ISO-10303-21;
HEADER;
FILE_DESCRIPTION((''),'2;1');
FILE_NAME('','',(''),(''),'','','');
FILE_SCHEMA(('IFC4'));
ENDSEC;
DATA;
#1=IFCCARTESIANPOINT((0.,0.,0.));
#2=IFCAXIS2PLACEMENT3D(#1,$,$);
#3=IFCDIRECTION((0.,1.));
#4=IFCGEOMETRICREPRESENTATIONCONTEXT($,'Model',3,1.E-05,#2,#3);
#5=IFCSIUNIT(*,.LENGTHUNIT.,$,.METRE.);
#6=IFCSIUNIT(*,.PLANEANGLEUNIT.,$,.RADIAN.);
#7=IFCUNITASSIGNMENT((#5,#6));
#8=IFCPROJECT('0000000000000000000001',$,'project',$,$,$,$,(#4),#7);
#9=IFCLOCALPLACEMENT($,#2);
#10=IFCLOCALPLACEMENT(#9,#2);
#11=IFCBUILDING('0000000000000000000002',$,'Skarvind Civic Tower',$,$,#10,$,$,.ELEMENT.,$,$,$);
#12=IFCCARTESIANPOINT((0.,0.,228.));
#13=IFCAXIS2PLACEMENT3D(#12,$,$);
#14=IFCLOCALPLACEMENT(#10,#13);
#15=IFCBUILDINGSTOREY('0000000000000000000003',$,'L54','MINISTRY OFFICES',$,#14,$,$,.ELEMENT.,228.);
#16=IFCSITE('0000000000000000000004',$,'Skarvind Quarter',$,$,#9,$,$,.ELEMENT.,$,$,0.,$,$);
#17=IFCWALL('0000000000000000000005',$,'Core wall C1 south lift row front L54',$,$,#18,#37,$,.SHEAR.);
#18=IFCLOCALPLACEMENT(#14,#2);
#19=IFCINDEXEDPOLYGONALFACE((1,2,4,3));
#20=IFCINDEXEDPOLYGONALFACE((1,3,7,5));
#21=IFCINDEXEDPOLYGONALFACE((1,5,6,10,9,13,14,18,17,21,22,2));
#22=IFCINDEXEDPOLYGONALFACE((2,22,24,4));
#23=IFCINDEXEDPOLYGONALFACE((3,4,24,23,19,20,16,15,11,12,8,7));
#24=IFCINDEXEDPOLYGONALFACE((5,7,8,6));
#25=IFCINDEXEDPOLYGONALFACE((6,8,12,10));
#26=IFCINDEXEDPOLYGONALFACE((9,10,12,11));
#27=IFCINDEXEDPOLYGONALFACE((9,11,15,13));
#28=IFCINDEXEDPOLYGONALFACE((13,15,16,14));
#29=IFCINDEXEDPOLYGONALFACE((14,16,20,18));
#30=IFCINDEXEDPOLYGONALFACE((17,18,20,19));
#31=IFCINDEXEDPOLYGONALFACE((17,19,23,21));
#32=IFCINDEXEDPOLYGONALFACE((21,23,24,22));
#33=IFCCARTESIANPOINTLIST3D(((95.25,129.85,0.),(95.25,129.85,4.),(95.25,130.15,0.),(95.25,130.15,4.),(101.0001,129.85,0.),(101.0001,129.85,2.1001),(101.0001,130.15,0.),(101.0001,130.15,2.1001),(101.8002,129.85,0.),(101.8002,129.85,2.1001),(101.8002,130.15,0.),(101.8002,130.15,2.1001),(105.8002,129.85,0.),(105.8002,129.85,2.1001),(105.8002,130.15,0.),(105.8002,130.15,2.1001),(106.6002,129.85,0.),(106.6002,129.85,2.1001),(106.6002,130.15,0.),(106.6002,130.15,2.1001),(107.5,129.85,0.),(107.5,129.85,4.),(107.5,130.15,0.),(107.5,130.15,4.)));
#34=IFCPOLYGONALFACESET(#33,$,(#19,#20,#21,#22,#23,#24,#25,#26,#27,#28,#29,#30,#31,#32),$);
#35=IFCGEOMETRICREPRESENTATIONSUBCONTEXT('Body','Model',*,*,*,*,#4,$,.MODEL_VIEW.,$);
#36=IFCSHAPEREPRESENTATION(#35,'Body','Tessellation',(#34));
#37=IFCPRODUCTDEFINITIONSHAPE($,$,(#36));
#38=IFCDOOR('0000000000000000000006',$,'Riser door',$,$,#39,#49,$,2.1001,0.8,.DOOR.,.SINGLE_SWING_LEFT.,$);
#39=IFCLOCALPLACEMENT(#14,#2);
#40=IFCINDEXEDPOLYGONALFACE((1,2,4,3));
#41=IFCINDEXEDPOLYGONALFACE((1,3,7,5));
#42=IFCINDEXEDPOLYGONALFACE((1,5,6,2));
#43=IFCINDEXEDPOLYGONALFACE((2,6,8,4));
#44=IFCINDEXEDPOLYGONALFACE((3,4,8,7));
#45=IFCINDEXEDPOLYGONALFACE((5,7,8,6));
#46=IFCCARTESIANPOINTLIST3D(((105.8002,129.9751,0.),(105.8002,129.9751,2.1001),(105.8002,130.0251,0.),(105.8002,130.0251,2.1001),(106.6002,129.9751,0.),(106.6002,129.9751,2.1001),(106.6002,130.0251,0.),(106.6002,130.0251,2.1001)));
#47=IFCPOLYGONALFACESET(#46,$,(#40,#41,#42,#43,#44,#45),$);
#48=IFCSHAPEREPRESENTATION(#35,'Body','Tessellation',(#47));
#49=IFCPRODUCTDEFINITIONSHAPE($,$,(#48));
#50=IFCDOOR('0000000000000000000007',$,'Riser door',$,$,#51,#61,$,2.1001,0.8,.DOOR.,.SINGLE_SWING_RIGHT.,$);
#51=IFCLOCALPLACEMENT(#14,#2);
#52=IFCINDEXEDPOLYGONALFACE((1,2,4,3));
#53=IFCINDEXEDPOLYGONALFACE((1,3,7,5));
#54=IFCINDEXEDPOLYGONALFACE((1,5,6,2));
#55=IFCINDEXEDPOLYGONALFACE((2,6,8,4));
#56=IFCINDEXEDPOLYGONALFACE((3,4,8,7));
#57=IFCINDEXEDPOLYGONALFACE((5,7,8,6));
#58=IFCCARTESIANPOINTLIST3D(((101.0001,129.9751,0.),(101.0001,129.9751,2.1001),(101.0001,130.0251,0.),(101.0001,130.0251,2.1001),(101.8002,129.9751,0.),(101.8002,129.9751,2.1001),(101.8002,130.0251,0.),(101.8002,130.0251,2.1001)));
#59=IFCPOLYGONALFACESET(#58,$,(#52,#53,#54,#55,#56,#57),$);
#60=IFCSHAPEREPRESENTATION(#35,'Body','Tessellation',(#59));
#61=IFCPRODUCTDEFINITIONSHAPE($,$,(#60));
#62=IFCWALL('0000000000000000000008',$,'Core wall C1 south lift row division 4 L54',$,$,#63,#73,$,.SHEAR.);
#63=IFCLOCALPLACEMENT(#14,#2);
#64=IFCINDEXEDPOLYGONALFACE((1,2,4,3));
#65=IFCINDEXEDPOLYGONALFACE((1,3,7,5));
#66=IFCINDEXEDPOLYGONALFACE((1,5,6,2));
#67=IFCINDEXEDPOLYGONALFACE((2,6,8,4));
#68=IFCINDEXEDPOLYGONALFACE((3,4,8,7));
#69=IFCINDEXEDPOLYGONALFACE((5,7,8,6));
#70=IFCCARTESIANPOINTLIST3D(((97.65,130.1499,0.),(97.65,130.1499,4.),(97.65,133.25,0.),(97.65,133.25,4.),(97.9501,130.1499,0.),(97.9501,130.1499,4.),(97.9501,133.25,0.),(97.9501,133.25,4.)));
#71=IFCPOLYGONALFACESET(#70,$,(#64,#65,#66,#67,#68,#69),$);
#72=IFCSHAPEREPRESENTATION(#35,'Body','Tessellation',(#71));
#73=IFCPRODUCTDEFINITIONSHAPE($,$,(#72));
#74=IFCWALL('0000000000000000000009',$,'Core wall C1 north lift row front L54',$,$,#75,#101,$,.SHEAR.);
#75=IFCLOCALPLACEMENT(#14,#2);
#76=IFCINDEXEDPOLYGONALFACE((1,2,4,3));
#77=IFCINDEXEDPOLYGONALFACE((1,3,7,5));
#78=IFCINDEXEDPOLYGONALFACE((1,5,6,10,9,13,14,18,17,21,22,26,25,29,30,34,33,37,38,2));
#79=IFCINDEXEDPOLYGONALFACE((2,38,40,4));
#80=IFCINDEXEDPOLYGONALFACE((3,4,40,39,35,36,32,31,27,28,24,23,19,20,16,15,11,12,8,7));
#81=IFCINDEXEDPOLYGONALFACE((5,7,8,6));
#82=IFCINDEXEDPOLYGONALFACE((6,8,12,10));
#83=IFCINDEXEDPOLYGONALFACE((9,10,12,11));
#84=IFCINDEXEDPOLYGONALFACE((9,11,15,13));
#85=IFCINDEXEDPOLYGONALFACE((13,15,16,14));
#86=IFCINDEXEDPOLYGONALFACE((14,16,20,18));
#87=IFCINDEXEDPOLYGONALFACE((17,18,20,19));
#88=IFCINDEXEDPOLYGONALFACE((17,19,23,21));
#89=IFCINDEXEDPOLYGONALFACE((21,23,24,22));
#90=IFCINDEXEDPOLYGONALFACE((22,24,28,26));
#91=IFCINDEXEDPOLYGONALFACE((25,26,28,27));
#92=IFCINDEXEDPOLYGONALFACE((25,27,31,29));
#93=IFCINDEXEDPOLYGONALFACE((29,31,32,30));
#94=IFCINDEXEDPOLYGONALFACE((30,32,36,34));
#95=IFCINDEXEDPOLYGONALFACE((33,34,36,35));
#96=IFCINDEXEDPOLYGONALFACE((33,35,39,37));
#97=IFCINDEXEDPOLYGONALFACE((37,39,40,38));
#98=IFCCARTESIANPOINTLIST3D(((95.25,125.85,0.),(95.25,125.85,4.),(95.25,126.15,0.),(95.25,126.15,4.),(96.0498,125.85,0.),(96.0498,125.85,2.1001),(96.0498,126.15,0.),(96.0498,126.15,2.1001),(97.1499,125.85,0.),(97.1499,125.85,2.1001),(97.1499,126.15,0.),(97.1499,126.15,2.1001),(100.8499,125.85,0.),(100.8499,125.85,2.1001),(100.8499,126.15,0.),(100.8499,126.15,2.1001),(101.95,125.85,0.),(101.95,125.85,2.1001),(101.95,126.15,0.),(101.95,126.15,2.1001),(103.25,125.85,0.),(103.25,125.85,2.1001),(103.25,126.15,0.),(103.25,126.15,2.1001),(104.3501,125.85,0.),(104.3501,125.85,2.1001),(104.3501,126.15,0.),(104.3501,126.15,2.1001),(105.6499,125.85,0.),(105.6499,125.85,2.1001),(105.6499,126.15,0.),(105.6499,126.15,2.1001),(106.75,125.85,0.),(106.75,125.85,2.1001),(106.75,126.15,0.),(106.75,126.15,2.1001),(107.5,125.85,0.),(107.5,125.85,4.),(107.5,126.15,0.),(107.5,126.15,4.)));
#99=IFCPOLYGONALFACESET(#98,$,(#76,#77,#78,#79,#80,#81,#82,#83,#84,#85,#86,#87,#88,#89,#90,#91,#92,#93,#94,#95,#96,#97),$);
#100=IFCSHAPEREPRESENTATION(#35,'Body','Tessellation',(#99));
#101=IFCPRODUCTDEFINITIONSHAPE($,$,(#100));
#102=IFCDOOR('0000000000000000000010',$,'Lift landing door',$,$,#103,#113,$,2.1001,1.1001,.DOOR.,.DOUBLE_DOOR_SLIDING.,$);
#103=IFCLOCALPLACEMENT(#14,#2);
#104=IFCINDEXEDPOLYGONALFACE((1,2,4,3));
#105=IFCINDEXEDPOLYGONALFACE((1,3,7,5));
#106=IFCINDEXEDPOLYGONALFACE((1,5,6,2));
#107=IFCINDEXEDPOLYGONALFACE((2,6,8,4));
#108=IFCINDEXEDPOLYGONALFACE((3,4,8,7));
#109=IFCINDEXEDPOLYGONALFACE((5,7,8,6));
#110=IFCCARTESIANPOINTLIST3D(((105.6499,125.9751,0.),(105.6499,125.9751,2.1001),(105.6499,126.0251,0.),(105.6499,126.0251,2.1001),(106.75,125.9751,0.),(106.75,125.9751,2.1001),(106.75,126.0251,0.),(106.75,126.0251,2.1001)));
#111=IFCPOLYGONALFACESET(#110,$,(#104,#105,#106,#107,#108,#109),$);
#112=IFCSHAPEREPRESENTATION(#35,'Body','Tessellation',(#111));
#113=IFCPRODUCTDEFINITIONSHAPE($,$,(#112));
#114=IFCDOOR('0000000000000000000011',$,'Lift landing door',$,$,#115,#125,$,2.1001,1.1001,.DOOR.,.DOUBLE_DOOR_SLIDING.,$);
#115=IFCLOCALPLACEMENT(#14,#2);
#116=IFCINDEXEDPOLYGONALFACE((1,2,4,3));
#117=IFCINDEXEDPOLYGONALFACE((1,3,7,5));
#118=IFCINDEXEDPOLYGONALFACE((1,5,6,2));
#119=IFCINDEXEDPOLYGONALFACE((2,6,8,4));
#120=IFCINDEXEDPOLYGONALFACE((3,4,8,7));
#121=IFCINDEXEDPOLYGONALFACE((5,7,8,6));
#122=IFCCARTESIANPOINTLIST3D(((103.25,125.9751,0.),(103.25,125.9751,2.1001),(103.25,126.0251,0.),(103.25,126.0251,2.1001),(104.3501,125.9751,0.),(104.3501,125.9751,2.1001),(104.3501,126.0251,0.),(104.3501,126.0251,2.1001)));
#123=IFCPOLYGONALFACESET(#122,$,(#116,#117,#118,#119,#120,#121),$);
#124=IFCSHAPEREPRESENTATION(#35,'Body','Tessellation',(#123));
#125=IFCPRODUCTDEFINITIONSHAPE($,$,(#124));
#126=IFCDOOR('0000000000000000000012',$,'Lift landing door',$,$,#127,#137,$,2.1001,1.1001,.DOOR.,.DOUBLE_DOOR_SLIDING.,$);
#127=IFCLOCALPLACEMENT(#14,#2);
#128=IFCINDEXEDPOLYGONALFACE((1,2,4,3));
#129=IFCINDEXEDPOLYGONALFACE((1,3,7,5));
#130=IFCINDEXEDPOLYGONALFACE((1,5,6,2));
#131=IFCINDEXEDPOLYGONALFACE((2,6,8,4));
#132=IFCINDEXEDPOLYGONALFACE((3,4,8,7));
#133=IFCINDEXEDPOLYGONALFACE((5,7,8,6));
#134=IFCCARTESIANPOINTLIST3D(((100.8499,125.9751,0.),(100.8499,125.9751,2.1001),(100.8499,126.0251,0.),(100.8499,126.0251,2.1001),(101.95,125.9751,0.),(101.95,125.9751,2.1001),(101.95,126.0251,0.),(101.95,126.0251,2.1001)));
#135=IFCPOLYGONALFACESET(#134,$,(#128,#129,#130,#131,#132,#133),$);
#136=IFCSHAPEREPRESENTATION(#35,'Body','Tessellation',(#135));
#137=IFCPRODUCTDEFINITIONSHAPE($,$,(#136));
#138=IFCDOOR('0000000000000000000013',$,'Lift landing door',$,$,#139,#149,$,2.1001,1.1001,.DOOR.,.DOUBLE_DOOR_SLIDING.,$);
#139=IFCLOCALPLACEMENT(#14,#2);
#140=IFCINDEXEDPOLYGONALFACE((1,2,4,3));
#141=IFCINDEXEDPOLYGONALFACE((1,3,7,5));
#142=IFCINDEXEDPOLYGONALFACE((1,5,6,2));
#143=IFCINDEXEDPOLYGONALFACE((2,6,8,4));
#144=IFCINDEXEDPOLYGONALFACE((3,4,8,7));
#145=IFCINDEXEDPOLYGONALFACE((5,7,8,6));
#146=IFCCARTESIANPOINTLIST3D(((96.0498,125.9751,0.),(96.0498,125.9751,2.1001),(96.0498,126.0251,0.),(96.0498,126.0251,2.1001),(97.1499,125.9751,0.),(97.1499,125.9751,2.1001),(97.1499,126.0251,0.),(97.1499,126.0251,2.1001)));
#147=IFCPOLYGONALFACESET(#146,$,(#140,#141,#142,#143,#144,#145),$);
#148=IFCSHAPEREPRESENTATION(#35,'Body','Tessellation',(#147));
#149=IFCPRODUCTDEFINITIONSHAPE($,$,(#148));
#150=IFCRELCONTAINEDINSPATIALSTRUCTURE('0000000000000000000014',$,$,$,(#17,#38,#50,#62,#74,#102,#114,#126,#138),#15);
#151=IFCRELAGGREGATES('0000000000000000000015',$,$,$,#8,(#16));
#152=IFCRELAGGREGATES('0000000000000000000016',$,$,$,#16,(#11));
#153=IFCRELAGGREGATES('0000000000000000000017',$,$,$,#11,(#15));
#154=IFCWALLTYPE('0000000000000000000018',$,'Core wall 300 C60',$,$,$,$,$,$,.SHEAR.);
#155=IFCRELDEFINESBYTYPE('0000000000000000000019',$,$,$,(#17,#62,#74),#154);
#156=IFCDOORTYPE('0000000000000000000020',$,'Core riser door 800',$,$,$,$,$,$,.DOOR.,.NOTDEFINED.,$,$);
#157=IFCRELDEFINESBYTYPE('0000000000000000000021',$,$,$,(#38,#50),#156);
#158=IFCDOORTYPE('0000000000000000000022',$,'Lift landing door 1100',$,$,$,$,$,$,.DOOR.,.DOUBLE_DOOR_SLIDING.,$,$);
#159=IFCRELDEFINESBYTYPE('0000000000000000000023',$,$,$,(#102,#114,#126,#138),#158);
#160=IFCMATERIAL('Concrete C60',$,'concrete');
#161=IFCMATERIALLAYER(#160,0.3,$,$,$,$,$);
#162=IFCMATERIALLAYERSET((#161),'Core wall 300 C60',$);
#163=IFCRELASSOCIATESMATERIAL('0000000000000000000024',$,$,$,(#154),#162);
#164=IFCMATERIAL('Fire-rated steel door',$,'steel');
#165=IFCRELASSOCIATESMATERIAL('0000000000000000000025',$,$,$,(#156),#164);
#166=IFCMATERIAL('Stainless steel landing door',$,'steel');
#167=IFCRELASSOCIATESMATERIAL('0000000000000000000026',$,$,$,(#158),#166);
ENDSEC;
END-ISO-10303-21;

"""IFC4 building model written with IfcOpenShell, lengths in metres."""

from ifc_helpers import new_model, si_unit, direction, frame, frame_2d, origin, place, context, subcontext, project, spatial, rectangle, extrude, material, layer, layer_set, type_object, element, fill, save


model = new_model("IFC4")

# Units and contexts
model_context = context("Model", 3, precision=1e-05, world=origin(), true_north=direction((0.0, 1.0)))
body_context = subcontext(model_context, "Body", "Model", "MODEL_VIEW")
ifc_project = project(units=[si_unit("LENGTHUNIT", "METRE"), si_unit("PLANEANGLEUNIT", "RADIAN")], contexts=[model_context])

# Site, building, storey
site_placement = place(None, origin())
site = spatial("IfcSite", under=ifc_project, at=site_placement, Name="Skarvind Quarter", CompositionType="ELEMENT", RefElevation=0.0)
building_placement = place(site_placement, origin())
building = spatial("IfcBuilding", under=site, at=building_placement, Name="Skarvind Civic Tower", CompositionType="ELEMENT")
storey_placement = place(building_placement, frame((0.0, 0.0, 228.0)))
storey = spatial("IfcBuildingStorey", under=building, at=storey_placement, Name="L54", Description="MINISTRY OFFICES", CompositionType="ELEMENT", Elevation=228.0)

# Wall, openings, doors
ifc_material_1 = material(Name="Concrete C60", Category="concrete")
ifc_layer_1 = layer(ifc_material_1, 0.3)
ifc_layer_set_1 = layer_set([ifc_layer_1], Name="Core wall 300 C60")
wall_type_1 = type_object("IfcWallType", Name="Core wall 300 C60", PredefinedType="SHEAR", material=ifc_layer_set_1)
wall_1_placement = place(storey_placement, frame((107.5, 130.0, 0.0), z_axis=(0.0, 0.0, 1.0), x_axis=(-1.0, 0.0, 0.0)))
wall_1 = element("IfcWall", 1, at=wall_1_placement, inside=storey, type_object=wall_type_1, Name="Core wall C1 south lift row front L54", PredefinedType="SHEAR", context=body_context, shape_type="SweptSolid", body=[
    extrude(rectangle(XDim=12.25, YDim=0.3, at=frame_2d((6.125, 0.0))), origin(), (0.0, 0.0, 1.0), 4.0),
])
opening_1_placement = place(wall_1_placement, frame((0.8999, 0.0, 0.0)))
opening_1 = element("IfcOpeningElement", 2, at=opening_1_placement, cuts=wall_1, PredefinedType="OPENING", context=body_context, shape_type="SweptSolid", body=[
    extrude(rectangle(XDim=0.8, YDim=2.1001, at=frame_2d((0.3999, 1.05))), frame((0.0, 0.1599, 0.0), z_axis=(0.0, -1.0, 0.0), x_axis=(1.0, 0.0, 0.0)), (0.0, 0.0, 1.0), 0.3201),
])
opening_2_placement = place(wall_1_placement, frame((5.7, 0.0, 0.0)))
opening_2 = element("IfcOpeningElement", 3, at=opening_2_placement, cuts=wall_1, PredefinedType="OPENING", context=body_context, shape_type="SweptSolid", body=[
    extrude(rectangle(XDim=0.8, YDim=2.1001, at=frame_2d((0.3999, 1.05))), frame((0.0, 0.1599, 0.0), z_axis=(0.0, -1.0, 0.0), x_axis=(1.0, 0.0, 0.0)), (0.0, 0.0, 1.0), 0.3201),
])
ifc_material_2 = material(Name="Fire-rated steel door", Category="steel")
door_type_1 = type_object("IfcDoorType", Name="Core riser door 800", OperationType="NOTDEFINED", PredefinedType="DOOR", material=ifc_material_2)
door_1_placement = place(opening_1_placement, origin())
door_1 = element("IfcDoor", 4, at=door_1_placement, inside=storey, type_object=door_type_1, Name="Riser door", OperationType="SINGLE_SWING_LEFT", OverallHeight=2.1001, OverallWidth=0.8, PredefinedType="DOOR", context=body_context, shape_type="SweptSolid", body=[
    extrude(rectangle(XDim=0.8, YDim=2.1001, at=frame_2d((0.3999, 1.05))), frame((0.0, 0.0249, 0.0), z_axis=(0.0, -1.0, 0.0), x_axis=(1.0, 0.0, 0.0)), (0.0, 0.0, 1.0), 0.05),
])
fill(opening_1, door_1)
door_2_placement = place(opening_2_placement, origin())
door_2 = element("IfcDoor", 5, at=door_2_placement, inside=storey, type_object=door_type_1, Name="Riser door", OperationType="SINGLE_SWING_RIGHT", OverallHeight=2.1001, OverallWidth=0.8, PredefinedType="DOOR", context=body_context, shape_type="SweptSolid", body=[
    extrude(rectangle(XDim=0.8, YDim=2.1001, at=frame_2d((0.3999, 1.05))), frame((0.0, 0.0249, 0.0), z_axis=(0.0, -1.0, 0.0), x_axis=(1.0, 0.0, 0.0)), (0.0, 0.0, 1.0), 0.05),
])
fill(opening_2, door_2)

# Wall
wall_2_placement = place(storey_placement, frame((97.8, 133.25, 0.0), z_axis=(0.0, 0.0, 1.0), x_axis=(0.0, -1.0, 0.0)))
element("IfcWall", 6, at=wall_2_placement, inside=storey, type_object=wall_type_1, Name="Core wall C1 south lift row division 4 L54", PredefinedType="SHEAR", context=body_context, shape_type="SweptSolid", body=[
    extrude(rectangle(XDim=3.1001, YDim=0.3, at=frame_2d((1.55, 0.0))), origin(), (0.0, 0.0, 1.0), 4.0),
])

# Wall, openings, doors
wall_3_placement = place(storey_placement, frame((107.5, 126.0, 0.0), z_axis=(0.0, 0.0, 1.0), x_axis=(-1.0, 0.0, 0.0)))
wall_3 = element("IfcWall", 7, at=wall_3_placement, inside=storey, type_object=wall_type_1, Name="Core wall C1 north lift row front L54", PredefinedType="SHEAR", context=body_context, shape_type="SweptSolid", body=[
    extrude(rectangle(XDim=12.25, YDim=0.3, at=frame_2d((6.125, 0.0))), origin(), (0.0, 0.0, 1.0), 4.0),
])
opening_3_placement = place(wall_3_placement, frame((0.75, 0.0, 0.0)))
opening_3 = element("IfcOpeningElement", 8, at=opening_3_placement, cuts=wall_3, PredefinedType="OPENING", context=body_context, shape_type="SweptSolid", body=[
    extrude(rectangle(XDim=1.1001, YDim=2.1001, at=frame_2d((0.55, 1.05))), frame((0.0, 0.1599, 0.0), z_axis=(0.0, -1.0, 0.0), x_axis=(1.0, 0.0, 0.0)), (0.0, 0.0, 1.0), 0.3201),
])
opening_4_placement = place(wall_3_placement, frame((3.1499, 0.0, 0.0)))
opening_4 = element("IfcOpeningElement", 9, at=opening_4_placement, cuts=wall_3, PredefinedType="OPENING", context=body_context, shape_type="SweptSolid", body=[
    extrude(rectangle(XDim=1.1001, YDim=2.1001, at=frame_2d((0.55, 1.05))), frame((0.0, 0.1599, 0.0), z_axis=(0.0, -1.0, 0.0), x_axis=(1.0, 0.0, 0.0)), (0.0, 0.0, 1.0), 0.3201),
])
opening_5_placement = place(wall_3_placement, frame((5.55, 0.0, 0.0)))
opening_5 = element("IfcOpeningElement", 10, at=opening_5_placement, cuts=wall_3, PredefinedType="OPENING", context=body_context, shape_type="SweptSolid", body=[
    extrude(rectangle(XDim=1.1001, YDim=2.1001, at=frame_2d((0.55, 1.05))), frame((0.0, 0.1599, 0.0), z_axis=(0.0, -1.0, 0.0), x_axis=(1.0, 0.0, 0.0)), (0.0, 0.0, 1.0), 0.3201),
])
opening_6_placement = place(wall_3_placement, frame((10.3501, 0.0, 0.0)))
opening_6 = element("IfcOpeningElement", 11, at=opening_6_placement, cuts=wall_3, PredefinedType="OPENING", context=body_context, shape_type="SweptSolid", body=[
    extrude(rectangle(XDim=1.1001, YDim=2.1001, at=frame_2d((0.55, 1.05))), frame((0.0, 0.1599, 0.0), z_axis=(0.0, -1.0, 0.0), x_axis=(1.0, 0.0, 0.0)), (0.0, 0.0, 1.0), 0.3201),
])
ifc_material_3 = material(Name="Stainless steel landing door", Category="steel")
door_type_2 = type_object("IfcDoorType", Name="Lift landing door 1100", OperationType="DOUBLE_DOOR_SLIDING", PredefinedType="DOOR", material=ifc_material_3)
door_3_placement = place(opening_3_placement, origin())
door_3 = element("IfcDoor", 12, at=door_3_placement, inside=storey, type_object=door_type_2, Name="Lift landing door", OperationType="DOUBLE_DOOR_SLIDING", OverallHeight=2.1001, OverallWidth=1.1001, PredefinedType="DOOR", context=body_context, shape_type="SweptSolid", body=[
    extrude(rectangle(XDim=1.1001, YDim=2.1001, at=frame_2d((0.55, 1.05))), frame((0.0, 0.0249, 0.0), z_axis=(0.0, -1.0, 0.0), x_axis=(1.0, 0.0, 0.0)), (0.0, 0.0, 1.0), 0.05),
])
fill(opening_3, door_3)
door_4_placement = place(opening_4_placement, origin())
door_4 = element("IfcDoor", 13, at=door_4_placement, inside=storey, type_object=door_type_2, Name="Lift landing door", OperationType="DOUBLE_DOOR_SLIDING", OverallHeight=2.1001, OverallWidth=1.1001, PredefinedType="DOOR", context=body_context, shape_type="SweptSolid", body=[
    extrude(rectangle(XDim=1.1001, YDim=2.1001, at=frame_2d((0.55, 1.05))), frame((0.0, 0.0249, 0.0), z_axis=(0.0, -1.0, 0.0), x_axis=(1.0, 0.0, 0.0)), (0.0, 0.0, 1.0), 0.05),
])
fill(opening_4, door_4)
door_5_placement = place(opening_5_placement, origin())
door_5 = element("IfcDoor", 14, at=door_5_placement, inside=storey, type_object=door_type_2, Name="Lift landing door", OperationType="DOUBLE_DOOR_SLIDING", OverallHeight=2.1001, OverallWidth=1.1001, PredefinedType="DOOR", context=body_context, shape_type="SweptSolid", body=[
    extrude(rectangle(XDim=1.1001, YDim=2.1001, at=frame_2d((0.55, 1.05))), frame((0.0, 0.0249, 0.0), z_axis=(0.0, -1.0, 0.0), x_axis=(1.0, 0.0, 0.0)), (0.0, 0.0, 1.0), 0.05),
])
fill(opening_5, door_5)
door_6_placement = place(opening_6_placement, origin())
door_6 = element("IfcDoor", 15, at=door_6_placement, inside=storey, type_object=door_type_2, Name="Lift landing door", OperationType="DOUBLE_DOOR_SLIDING", OverallHeight=2.1001, OverallWidth=1.1001, PredefinedType="DOOR", context=body_context, shape_type="SweptSolid", body=[
    extrude(rectangle(XDim=1.1001, YDim=2.1001, at=frame_2d((0.55, 1.05))), frame((0.0, 0.0249, 0.0), z_axis=(0.0, -1.0, 0.0), x_axis=(1.0, 0.0, 0.0)), (0.0, 0.0, 1.0), 0.05),
])
fill(opening_6, door_6)

save(model, "model.ifc")
